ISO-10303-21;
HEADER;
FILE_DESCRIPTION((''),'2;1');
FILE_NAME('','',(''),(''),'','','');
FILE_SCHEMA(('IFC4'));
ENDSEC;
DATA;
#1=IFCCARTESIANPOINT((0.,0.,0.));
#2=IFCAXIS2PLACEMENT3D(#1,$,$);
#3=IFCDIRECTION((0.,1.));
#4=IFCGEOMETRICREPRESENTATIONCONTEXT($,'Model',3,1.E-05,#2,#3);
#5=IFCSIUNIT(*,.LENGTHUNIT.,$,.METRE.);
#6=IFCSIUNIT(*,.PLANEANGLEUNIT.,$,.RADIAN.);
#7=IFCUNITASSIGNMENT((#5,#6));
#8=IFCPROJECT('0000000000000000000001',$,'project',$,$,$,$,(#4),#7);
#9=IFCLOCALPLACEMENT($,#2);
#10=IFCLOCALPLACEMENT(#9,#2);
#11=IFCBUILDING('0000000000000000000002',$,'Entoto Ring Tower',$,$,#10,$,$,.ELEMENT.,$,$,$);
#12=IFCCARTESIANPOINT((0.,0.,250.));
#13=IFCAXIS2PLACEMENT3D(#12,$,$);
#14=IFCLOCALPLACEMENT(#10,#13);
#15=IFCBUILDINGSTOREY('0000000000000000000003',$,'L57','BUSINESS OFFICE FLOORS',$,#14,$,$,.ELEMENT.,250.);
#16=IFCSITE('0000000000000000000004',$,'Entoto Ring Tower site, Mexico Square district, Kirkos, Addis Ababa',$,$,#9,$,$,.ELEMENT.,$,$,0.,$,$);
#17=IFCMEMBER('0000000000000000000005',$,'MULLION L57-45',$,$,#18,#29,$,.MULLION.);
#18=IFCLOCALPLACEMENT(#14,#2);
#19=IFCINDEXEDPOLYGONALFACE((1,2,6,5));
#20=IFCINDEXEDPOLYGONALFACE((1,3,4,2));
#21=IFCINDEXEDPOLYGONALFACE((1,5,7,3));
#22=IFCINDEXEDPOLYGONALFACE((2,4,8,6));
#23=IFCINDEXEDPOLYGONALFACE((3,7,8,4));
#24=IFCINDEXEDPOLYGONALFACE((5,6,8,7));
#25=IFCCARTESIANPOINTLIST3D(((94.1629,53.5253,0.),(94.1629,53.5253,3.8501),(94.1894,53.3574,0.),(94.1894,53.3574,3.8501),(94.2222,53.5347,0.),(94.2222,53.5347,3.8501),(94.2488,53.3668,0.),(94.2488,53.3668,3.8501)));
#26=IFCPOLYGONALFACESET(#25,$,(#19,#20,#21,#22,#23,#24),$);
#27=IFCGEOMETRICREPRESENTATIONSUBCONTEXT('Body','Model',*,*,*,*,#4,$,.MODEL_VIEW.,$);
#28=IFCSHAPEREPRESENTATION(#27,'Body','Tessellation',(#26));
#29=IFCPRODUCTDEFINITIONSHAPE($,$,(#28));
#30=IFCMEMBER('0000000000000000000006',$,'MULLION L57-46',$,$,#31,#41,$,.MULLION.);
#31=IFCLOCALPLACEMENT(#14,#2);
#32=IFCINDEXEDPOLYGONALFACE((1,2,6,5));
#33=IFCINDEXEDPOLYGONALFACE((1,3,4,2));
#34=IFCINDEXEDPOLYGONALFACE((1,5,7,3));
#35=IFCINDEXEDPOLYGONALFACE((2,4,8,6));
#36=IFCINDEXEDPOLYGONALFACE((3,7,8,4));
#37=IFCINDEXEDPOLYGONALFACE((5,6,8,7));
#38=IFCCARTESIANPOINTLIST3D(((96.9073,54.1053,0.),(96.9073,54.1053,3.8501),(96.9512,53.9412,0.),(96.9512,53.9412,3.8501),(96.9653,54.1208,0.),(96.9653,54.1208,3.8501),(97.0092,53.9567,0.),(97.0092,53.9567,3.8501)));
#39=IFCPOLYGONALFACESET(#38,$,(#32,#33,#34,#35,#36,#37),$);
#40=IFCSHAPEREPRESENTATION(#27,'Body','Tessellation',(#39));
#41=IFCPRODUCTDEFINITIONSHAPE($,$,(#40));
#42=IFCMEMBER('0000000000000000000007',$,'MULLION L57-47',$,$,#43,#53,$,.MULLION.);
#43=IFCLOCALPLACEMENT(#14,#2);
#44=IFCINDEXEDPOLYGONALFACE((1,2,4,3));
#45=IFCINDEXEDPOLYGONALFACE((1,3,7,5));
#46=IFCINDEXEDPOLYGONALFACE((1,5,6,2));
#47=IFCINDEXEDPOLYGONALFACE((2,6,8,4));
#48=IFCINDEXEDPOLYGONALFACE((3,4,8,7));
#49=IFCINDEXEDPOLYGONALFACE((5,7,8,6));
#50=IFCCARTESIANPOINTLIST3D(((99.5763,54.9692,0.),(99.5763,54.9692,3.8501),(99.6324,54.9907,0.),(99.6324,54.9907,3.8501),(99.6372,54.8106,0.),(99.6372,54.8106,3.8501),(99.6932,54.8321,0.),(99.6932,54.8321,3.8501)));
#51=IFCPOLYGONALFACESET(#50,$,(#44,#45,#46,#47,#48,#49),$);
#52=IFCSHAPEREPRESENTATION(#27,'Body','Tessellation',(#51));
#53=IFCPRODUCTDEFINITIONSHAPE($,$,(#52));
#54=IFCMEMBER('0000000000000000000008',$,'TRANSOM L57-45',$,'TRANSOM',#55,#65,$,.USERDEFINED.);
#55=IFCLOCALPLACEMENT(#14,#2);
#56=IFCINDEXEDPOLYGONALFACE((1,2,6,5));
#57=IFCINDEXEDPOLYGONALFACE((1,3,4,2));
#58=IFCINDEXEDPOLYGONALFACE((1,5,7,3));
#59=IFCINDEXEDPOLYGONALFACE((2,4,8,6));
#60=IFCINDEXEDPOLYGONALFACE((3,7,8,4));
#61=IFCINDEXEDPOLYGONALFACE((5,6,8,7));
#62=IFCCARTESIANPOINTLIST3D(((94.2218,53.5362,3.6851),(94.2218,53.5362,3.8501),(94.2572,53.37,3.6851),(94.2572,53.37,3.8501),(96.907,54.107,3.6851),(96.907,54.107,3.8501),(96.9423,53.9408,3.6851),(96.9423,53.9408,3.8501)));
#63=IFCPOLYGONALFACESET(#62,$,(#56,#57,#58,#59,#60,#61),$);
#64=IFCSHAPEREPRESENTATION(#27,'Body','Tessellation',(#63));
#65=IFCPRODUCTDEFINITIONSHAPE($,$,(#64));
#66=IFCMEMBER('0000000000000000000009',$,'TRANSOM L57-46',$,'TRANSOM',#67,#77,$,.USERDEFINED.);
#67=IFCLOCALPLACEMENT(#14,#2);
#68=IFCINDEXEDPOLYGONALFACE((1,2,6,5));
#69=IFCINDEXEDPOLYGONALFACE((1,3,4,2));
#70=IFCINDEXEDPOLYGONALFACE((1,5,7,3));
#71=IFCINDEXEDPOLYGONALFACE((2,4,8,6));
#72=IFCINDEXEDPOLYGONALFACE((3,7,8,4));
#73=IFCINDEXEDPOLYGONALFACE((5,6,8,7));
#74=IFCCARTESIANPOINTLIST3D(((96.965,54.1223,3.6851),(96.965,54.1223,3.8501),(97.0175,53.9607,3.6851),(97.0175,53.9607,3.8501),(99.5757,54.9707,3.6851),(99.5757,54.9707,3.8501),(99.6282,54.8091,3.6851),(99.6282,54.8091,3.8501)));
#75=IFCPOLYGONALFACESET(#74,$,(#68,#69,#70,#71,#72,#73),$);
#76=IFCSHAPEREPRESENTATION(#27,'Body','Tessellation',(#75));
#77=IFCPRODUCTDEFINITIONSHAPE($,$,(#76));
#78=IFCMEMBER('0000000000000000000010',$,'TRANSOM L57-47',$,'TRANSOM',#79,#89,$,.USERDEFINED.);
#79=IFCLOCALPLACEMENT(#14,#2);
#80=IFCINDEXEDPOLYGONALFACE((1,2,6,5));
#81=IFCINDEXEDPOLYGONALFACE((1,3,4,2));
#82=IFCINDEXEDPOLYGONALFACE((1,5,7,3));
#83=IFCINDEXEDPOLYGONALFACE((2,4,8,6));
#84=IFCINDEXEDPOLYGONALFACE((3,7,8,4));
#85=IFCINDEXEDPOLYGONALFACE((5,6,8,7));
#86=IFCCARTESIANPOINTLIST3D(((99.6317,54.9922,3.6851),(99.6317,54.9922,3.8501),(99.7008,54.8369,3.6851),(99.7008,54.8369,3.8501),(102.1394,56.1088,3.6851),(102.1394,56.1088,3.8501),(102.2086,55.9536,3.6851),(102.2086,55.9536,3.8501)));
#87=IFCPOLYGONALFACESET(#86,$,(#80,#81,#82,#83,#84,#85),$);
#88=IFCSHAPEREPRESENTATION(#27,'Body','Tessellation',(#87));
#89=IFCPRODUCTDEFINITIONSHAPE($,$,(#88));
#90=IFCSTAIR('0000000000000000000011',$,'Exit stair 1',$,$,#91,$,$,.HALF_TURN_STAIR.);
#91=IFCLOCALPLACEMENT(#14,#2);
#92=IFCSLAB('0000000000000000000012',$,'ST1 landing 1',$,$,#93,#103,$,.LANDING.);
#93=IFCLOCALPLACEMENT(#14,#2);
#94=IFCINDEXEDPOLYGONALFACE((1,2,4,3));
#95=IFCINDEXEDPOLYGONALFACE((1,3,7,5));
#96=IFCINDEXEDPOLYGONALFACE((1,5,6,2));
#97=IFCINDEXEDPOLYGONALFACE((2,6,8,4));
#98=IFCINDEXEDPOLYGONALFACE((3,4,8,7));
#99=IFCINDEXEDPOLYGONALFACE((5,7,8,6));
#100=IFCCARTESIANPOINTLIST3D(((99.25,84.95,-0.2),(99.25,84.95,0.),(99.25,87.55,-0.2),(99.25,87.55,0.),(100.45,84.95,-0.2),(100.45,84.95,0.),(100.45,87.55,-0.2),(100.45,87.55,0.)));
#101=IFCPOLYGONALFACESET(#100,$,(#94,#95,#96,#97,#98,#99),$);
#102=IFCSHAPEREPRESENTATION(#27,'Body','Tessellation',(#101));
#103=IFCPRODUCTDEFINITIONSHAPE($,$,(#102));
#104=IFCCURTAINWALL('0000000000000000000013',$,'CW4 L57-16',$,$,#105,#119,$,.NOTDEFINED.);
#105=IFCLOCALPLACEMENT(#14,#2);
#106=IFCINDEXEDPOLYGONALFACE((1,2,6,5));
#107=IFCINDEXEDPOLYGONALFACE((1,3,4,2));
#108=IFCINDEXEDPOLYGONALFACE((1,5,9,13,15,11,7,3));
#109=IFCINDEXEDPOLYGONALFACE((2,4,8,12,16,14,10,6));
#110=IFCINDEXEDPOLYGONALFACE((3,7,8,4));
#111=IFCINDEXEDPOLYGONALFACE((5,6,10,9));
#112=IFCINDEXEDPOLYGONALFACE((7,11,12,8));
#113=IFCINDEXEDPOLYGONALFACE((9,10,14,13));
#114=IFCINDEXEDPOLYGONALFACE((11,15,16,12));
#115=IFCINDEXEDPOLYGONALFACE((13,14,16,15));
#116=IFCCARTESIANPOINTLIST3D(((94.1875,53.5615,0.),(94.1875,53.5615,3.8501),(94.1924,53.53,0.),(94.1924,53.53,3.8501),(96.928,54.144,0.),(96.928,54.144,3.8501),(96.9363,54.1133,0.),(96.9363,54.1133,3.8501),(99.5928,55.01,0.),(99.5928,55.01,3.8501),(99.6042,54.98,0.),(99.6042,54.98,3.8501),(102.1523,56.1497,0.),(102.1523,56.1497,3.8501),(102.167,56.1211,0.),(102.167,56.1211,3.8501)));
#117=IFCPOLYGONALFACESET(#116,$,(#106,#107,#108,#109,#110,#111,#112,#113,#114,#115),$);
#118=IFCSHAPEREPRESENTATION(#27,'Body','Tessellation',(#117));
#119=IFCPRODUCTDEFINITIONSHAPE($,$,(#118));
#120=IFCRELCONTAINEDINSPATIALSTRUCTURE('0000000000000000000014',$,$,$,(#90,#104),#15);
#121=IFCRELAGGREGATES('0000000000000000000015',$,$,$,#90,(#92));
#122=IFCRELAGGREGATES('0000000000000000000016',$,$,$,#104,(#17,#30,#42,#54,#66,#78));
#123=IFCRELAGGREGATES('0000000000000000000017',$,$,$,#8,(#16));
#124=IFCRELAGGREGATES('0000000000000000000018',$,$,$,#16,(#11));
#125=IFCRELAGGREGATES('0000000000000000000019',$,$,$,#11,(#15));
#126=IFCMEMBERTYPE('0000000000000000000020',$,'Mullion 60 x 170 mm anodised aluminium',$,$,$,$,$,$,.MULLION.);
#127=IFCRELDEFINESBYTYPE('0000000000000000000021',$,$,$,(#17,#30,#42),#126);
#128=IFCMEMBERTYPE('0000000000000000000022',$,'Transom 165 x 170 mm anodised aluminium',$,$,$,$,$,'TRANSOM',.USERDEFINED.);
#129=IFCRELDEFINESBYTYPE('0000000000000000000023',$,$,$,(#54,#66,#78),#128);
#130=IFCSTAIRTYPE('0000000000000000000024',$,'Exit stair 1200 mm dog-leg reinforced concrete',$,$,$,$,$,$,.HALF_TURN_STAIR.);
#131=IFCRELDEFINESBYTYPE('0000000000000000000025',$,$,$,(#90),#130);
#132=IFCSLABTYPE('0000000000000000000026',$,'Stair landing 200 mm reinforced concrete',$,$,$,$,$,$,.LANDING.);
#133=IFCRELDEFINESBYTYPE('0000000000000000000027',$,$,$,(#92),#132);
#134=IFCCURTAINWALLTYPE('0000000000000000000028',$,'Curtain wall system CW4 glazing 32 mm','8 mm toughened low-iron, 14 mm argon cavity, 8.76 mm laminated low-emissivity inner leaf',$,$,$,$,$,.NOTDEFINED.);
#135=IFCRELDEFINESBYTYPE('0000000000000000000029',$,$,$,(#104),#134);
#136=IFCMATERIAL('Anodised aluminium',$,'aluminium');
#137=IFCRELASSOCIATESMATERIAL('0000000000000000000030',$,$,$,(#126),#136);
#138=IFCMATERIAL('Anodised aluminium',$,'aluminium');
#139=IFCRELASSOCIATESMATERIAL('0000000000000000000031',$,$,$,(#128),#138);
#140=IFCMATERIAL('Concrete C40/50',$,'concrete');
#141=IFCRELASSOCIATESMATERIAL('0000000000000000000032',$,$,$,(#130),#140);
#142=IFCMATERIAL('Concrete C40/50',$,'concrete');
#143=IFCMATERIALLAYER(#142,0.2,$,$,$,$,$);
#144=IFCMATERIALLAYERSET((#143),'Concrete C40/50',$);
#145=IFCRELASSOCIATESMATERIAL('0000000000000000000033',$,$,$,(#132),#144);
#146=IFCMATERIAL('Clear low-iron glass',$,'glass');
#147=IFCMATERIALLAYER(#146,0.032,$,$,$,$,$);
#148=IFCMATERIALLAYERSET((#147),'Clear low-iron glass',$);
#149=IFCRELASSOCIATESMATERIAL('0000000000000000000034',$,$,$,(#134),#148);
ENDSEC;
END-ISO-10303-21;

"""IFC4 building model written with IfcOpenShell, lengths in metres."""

from ifc_helpers import new_model, si_unit, direction, frame, origin, origin_2d, place, context, subcontext, project, spatial, polyline, rectangle, outline, extrude, material, layer, layer_set, material_profile, profile_set, type_object, element, aggregate, save


model = new_model("IFC4")

# Units and contexts
model_context = context("Model", 3, precision=1e-05, world=origin(), true_north=direction((0.0, 1.0)))
body_context = subcontext(model_context, "Body", "Model", "MODEL_VIEW")
ifc_project = project(units=[si_unit("LENGTHUNIT", "METRE"), si_unit("PLANEANGLEUNIT", "RADIAN")], contexts=[model_context])

# Members
ifc_material_1 = material(Name="Anodised aluminium", Category="aluminium")
ifc_material_profile_1 = material_profile(ifc_material_1, rectangle(XDim=0.0601, YDim=0.1699, at=origin_2d()), Name="Mullion 60 x 170 mm anodised aluminium")
ifc_profile_set_1 = profile_set([ifc_material_profile_1], Name="Anodised aluminium")
member_type_1 = type_object("IfcMemberType", Name="Mullion 60 x 170 mm anodised aluminium", PredefinedType="MULLION", material=ifc_profile_set_1)
site_placement = place(None, origin())
building_placement = place(site_placement, origin())
storey_placement = place(building_placement, frame((0.0, 0.0, 250.0)))
member_1_placement = place(storey_placement, frame((94.2058, 53.446, 0.0), z_axis=(0.0, 0.0, 1.0), x_axis=(0.987688, 0.156434, 0.0)))
member_1 = element("IfcMember", 1, at=member_1_placement, type_object=member_type_1, Name="MULLION L57-45", PredefinedType="MULLION", context=body_context, shape_type="SweptSolid", body=[
    extrude(rectangle(XDim=0.0601, YDim=0.1699, at=origin_2d()), origin(), (0.0, 0.0, 1.0), 3.8501),
])
member_2_placement = place(storey_placement, frame((96.9583, 54.031, 0.0), z_axis=(0.0, 0.0, 1.0), x_axis=(0.965926, 0.258819, 0.0)))
member_2 = element("IfcMember", 2, at=member_2_placement, type_object=member_type_1, Name="MULLION L57-46", PredefinedType="MULLION", context=body_context, shape_type="SweptSolid", body=[
    extrude(rectangle(XDim=0.0601, YDim=0.1699, at=origin_2d()), origin(), (0.0, 0.0, 1.0), 3.8501),
])
member_3_placement = place(storey_placement, frame((99.6348, 54.9006, 0.0), z_axis=(0.0, 0.0, 1.0), x_axis=(0.93358, 0.358368, 0.0)))
member_3 = element("IfcMember", 3, at=member_3_placement, type_object=member_type_1, Name="MULLION L57-47", PredefinedType="MULLION", context=body_context, shape_type="SweptSolid", body=[
    extrude(rectangle(XDim=0.0601, YDim=0.1699, at=origin_2d()), origin(), (0.0, 0.0, 1.0), 3.8501),
])
ifc_material_2 = material(Name="Anodised aluminium", Category="aluminium")
ifc_material_profile_2 = material_profile(ifc_material_2, rectangle(XDim=0.1699, YDim=0.165, at=origin_2d()), Name="Transom 165 x 170 mm anodised aluminium")
ifc_profile_set_2 = profile_set([ifc_material_profile_2], Name="Anodised aluminium")
member_type_2 = type_object("IfcMemberType", Name="Transom 165 x 170 mm anodised aluminium", ElementType="TRANSOM", PredefinedType="USERDEFINED", material=ifc_profile_set_2)
member_4_placement = place(storey_placement, frame((94.2395, 53.4531, 3.7676), z_axis=(0.978142, 0.207937, 0.0), x_axis=(-0.207937, 0.978142, 0.0)))
member_4 = element("IfcMember", 4, at=member_4_placement, type_object=member_type_2, Name="TRANSOM L57-45", ObjectType="TRANSOM", PredefinedType="USERDEFINED", context=body_context, shape_type="SweptSolid", body=[
    extrude(rectangle(XDim=0.1699, YDim=0.165, at=origin_2d()), origin(), (0.0, 0.0, 1.0), 2.7451),
])
member_5_placement = place(storey_placement, frame((96.9912, 54.0415, 3.7676), z_axis=(0.951048, 0.309042, 0.0), x_axis=(-0.309042, 0.951048, 0.0)))
member_5 = element("IfcMember", 5, at=member_5_placement, type_object=member_type_2, Name="TRANSOM L57-46", ObjectType="TRANSOM", PredefinedType="USERDEFINED", context=body_context, shape_type="SweptSolid", body=[
    extrude(rectangle(XDim=0.1699, YDim=0.165, at=origin_2d()), origin(), (0.0, 0.0, 1.0), 2.7451),
])
member_6_placement = place(storey_placement, frame((99.6663, 54.9146, 3.7676), z_axis=(0.913525, 0.406782, 0.0), x_axis=(-0.406782, 0.913525, 0.0)))
member_6 = element("IfcMember", 6, at=member_6_placement, type_object=member_type_2, Name="TRANSOM L57-47", ObjectType="TRANSOM", PredefinedType="USERDEFINED", context=body_context, shape_type="SweptSolid", body=[
    extrude(rectangle(XDim=0.1699, YDim=0.165, at=origin_2d()), origin(), (0.0, 0.0, 1.0), 2.7451),
])

# Site, building, storey
site = spatial("IfcSite", under=ifc_project, at=site_placement, Name="Entoto Ring Tower site, Mexico Square district, Kirkos, Addis Ababa", CompositionType="ELEMENT", RefElevation=0.0)
building = spatial("IfcBuilding", under=site, at=building_placement, Name="Entoto Ring Tower", CompositionType="ELEMENT")
storey = spatial("IfcBuildingStorey", under=building, at=storey_placement, Name="L57", Description="BUSINESS OFFICE FLOORS", CompositionType="ELEMENT", Elevation=250.0)

# Stair, slab
ifc_material_3 = material(Name="Concrete C40/50", Category="concrete")
stair_type = type_object("IfcStairType", Name="Exit stair 1200 mm dog-leg reinforced concrete", PredefinedType="HALF_TURN_STAIR", material=ifc_material_3)
stair_placement = place(storey_placement, origin())
stair = element("IfcStair", 7, at=stair_placement, inside=storey, type_object=stair_type, Name="Exit stair 1", PredefinedType="HALF_TURN_STAIR")
ifc_material_4 = material(Name="Concrete C40/50", Category="concrete")
ifc_layer_1 = layer(ifc_material_4, 0.2)
ifc_layer_set_1 = layer_set([ifc_layer_1], Name="Concrete C40/50")
slab_type = type_object("IfcSlabType", Name="Stair landing 200 mm reinforced concrete", PredefinedType="LANDING", material=ifc_layer_set_1)
slab_placement = place(storey_placement, frame((0.0, 0.0, -0.2)))
slab = element("IfcSlab", 8, at=slab_placement, type_object=slab_type, Name="ST1 landing 1", PredefinedType="LANDING", context=body_context, shape_type="SweptSolid", body=[
    extrude(outline(polyline([(100.45, 84.95), (100.45, 87.55), (99.25, 87.55), (99.25, 84.95), (100.45, 84.95)])), origin(), (0.0, 0.0, 1.0), 0.2),
])
aggregate(stair, [slab])

# Curtain wall
ifc_material_5 = material(Name="Clear low-iron glass", Category="glass")
ifc_layer_2 = layer(ifc_material_5, 0.032)
ifc_layer_set_2 = layer_set([ifc_layer_2], Name="Clear low-iron glass")
curtain_wall_type = type_object("IfcCurtainWallType", Name="Curtain wall system CW4 glazing 32 mm", Description="8 mm toughened low-iron, 14 mm argon cavity, 8.76 mm laminated low-emissivity inner leaf", PredefinedType="NOTDEFINED", material=ifc_layer_set_2)
curtain_wall_1_placement = place(storey_placement, origin())
curtain_wall_1 = element("IfcCurtainWall", 9, at=curtain_wall_1_placement, inside=storey, type_object=curtain_wall_type, Name="CW4 L57-16", PredefinedType="NOTDEFINED", context=body_context, shape_type="SweptSolid", body=[
    extrude(outline(polyline([(94.1924, 53.53), (96.9363, 54.1133), (99.6042, 54.98), (102.167, 56.1211), (102.1523, 56.1497), (99.5928, 55.01), (96.928, 54.144), (94.1875, 53.5615), (94.1924, 53.53)])), origin(), (0.0, 0.0, 1.0), 3.8501),
])
aggregate(curtain_wall_1, [member_1, member_2, member_3, member_4, member_5, member_6])

save(model, "model.ifc")
